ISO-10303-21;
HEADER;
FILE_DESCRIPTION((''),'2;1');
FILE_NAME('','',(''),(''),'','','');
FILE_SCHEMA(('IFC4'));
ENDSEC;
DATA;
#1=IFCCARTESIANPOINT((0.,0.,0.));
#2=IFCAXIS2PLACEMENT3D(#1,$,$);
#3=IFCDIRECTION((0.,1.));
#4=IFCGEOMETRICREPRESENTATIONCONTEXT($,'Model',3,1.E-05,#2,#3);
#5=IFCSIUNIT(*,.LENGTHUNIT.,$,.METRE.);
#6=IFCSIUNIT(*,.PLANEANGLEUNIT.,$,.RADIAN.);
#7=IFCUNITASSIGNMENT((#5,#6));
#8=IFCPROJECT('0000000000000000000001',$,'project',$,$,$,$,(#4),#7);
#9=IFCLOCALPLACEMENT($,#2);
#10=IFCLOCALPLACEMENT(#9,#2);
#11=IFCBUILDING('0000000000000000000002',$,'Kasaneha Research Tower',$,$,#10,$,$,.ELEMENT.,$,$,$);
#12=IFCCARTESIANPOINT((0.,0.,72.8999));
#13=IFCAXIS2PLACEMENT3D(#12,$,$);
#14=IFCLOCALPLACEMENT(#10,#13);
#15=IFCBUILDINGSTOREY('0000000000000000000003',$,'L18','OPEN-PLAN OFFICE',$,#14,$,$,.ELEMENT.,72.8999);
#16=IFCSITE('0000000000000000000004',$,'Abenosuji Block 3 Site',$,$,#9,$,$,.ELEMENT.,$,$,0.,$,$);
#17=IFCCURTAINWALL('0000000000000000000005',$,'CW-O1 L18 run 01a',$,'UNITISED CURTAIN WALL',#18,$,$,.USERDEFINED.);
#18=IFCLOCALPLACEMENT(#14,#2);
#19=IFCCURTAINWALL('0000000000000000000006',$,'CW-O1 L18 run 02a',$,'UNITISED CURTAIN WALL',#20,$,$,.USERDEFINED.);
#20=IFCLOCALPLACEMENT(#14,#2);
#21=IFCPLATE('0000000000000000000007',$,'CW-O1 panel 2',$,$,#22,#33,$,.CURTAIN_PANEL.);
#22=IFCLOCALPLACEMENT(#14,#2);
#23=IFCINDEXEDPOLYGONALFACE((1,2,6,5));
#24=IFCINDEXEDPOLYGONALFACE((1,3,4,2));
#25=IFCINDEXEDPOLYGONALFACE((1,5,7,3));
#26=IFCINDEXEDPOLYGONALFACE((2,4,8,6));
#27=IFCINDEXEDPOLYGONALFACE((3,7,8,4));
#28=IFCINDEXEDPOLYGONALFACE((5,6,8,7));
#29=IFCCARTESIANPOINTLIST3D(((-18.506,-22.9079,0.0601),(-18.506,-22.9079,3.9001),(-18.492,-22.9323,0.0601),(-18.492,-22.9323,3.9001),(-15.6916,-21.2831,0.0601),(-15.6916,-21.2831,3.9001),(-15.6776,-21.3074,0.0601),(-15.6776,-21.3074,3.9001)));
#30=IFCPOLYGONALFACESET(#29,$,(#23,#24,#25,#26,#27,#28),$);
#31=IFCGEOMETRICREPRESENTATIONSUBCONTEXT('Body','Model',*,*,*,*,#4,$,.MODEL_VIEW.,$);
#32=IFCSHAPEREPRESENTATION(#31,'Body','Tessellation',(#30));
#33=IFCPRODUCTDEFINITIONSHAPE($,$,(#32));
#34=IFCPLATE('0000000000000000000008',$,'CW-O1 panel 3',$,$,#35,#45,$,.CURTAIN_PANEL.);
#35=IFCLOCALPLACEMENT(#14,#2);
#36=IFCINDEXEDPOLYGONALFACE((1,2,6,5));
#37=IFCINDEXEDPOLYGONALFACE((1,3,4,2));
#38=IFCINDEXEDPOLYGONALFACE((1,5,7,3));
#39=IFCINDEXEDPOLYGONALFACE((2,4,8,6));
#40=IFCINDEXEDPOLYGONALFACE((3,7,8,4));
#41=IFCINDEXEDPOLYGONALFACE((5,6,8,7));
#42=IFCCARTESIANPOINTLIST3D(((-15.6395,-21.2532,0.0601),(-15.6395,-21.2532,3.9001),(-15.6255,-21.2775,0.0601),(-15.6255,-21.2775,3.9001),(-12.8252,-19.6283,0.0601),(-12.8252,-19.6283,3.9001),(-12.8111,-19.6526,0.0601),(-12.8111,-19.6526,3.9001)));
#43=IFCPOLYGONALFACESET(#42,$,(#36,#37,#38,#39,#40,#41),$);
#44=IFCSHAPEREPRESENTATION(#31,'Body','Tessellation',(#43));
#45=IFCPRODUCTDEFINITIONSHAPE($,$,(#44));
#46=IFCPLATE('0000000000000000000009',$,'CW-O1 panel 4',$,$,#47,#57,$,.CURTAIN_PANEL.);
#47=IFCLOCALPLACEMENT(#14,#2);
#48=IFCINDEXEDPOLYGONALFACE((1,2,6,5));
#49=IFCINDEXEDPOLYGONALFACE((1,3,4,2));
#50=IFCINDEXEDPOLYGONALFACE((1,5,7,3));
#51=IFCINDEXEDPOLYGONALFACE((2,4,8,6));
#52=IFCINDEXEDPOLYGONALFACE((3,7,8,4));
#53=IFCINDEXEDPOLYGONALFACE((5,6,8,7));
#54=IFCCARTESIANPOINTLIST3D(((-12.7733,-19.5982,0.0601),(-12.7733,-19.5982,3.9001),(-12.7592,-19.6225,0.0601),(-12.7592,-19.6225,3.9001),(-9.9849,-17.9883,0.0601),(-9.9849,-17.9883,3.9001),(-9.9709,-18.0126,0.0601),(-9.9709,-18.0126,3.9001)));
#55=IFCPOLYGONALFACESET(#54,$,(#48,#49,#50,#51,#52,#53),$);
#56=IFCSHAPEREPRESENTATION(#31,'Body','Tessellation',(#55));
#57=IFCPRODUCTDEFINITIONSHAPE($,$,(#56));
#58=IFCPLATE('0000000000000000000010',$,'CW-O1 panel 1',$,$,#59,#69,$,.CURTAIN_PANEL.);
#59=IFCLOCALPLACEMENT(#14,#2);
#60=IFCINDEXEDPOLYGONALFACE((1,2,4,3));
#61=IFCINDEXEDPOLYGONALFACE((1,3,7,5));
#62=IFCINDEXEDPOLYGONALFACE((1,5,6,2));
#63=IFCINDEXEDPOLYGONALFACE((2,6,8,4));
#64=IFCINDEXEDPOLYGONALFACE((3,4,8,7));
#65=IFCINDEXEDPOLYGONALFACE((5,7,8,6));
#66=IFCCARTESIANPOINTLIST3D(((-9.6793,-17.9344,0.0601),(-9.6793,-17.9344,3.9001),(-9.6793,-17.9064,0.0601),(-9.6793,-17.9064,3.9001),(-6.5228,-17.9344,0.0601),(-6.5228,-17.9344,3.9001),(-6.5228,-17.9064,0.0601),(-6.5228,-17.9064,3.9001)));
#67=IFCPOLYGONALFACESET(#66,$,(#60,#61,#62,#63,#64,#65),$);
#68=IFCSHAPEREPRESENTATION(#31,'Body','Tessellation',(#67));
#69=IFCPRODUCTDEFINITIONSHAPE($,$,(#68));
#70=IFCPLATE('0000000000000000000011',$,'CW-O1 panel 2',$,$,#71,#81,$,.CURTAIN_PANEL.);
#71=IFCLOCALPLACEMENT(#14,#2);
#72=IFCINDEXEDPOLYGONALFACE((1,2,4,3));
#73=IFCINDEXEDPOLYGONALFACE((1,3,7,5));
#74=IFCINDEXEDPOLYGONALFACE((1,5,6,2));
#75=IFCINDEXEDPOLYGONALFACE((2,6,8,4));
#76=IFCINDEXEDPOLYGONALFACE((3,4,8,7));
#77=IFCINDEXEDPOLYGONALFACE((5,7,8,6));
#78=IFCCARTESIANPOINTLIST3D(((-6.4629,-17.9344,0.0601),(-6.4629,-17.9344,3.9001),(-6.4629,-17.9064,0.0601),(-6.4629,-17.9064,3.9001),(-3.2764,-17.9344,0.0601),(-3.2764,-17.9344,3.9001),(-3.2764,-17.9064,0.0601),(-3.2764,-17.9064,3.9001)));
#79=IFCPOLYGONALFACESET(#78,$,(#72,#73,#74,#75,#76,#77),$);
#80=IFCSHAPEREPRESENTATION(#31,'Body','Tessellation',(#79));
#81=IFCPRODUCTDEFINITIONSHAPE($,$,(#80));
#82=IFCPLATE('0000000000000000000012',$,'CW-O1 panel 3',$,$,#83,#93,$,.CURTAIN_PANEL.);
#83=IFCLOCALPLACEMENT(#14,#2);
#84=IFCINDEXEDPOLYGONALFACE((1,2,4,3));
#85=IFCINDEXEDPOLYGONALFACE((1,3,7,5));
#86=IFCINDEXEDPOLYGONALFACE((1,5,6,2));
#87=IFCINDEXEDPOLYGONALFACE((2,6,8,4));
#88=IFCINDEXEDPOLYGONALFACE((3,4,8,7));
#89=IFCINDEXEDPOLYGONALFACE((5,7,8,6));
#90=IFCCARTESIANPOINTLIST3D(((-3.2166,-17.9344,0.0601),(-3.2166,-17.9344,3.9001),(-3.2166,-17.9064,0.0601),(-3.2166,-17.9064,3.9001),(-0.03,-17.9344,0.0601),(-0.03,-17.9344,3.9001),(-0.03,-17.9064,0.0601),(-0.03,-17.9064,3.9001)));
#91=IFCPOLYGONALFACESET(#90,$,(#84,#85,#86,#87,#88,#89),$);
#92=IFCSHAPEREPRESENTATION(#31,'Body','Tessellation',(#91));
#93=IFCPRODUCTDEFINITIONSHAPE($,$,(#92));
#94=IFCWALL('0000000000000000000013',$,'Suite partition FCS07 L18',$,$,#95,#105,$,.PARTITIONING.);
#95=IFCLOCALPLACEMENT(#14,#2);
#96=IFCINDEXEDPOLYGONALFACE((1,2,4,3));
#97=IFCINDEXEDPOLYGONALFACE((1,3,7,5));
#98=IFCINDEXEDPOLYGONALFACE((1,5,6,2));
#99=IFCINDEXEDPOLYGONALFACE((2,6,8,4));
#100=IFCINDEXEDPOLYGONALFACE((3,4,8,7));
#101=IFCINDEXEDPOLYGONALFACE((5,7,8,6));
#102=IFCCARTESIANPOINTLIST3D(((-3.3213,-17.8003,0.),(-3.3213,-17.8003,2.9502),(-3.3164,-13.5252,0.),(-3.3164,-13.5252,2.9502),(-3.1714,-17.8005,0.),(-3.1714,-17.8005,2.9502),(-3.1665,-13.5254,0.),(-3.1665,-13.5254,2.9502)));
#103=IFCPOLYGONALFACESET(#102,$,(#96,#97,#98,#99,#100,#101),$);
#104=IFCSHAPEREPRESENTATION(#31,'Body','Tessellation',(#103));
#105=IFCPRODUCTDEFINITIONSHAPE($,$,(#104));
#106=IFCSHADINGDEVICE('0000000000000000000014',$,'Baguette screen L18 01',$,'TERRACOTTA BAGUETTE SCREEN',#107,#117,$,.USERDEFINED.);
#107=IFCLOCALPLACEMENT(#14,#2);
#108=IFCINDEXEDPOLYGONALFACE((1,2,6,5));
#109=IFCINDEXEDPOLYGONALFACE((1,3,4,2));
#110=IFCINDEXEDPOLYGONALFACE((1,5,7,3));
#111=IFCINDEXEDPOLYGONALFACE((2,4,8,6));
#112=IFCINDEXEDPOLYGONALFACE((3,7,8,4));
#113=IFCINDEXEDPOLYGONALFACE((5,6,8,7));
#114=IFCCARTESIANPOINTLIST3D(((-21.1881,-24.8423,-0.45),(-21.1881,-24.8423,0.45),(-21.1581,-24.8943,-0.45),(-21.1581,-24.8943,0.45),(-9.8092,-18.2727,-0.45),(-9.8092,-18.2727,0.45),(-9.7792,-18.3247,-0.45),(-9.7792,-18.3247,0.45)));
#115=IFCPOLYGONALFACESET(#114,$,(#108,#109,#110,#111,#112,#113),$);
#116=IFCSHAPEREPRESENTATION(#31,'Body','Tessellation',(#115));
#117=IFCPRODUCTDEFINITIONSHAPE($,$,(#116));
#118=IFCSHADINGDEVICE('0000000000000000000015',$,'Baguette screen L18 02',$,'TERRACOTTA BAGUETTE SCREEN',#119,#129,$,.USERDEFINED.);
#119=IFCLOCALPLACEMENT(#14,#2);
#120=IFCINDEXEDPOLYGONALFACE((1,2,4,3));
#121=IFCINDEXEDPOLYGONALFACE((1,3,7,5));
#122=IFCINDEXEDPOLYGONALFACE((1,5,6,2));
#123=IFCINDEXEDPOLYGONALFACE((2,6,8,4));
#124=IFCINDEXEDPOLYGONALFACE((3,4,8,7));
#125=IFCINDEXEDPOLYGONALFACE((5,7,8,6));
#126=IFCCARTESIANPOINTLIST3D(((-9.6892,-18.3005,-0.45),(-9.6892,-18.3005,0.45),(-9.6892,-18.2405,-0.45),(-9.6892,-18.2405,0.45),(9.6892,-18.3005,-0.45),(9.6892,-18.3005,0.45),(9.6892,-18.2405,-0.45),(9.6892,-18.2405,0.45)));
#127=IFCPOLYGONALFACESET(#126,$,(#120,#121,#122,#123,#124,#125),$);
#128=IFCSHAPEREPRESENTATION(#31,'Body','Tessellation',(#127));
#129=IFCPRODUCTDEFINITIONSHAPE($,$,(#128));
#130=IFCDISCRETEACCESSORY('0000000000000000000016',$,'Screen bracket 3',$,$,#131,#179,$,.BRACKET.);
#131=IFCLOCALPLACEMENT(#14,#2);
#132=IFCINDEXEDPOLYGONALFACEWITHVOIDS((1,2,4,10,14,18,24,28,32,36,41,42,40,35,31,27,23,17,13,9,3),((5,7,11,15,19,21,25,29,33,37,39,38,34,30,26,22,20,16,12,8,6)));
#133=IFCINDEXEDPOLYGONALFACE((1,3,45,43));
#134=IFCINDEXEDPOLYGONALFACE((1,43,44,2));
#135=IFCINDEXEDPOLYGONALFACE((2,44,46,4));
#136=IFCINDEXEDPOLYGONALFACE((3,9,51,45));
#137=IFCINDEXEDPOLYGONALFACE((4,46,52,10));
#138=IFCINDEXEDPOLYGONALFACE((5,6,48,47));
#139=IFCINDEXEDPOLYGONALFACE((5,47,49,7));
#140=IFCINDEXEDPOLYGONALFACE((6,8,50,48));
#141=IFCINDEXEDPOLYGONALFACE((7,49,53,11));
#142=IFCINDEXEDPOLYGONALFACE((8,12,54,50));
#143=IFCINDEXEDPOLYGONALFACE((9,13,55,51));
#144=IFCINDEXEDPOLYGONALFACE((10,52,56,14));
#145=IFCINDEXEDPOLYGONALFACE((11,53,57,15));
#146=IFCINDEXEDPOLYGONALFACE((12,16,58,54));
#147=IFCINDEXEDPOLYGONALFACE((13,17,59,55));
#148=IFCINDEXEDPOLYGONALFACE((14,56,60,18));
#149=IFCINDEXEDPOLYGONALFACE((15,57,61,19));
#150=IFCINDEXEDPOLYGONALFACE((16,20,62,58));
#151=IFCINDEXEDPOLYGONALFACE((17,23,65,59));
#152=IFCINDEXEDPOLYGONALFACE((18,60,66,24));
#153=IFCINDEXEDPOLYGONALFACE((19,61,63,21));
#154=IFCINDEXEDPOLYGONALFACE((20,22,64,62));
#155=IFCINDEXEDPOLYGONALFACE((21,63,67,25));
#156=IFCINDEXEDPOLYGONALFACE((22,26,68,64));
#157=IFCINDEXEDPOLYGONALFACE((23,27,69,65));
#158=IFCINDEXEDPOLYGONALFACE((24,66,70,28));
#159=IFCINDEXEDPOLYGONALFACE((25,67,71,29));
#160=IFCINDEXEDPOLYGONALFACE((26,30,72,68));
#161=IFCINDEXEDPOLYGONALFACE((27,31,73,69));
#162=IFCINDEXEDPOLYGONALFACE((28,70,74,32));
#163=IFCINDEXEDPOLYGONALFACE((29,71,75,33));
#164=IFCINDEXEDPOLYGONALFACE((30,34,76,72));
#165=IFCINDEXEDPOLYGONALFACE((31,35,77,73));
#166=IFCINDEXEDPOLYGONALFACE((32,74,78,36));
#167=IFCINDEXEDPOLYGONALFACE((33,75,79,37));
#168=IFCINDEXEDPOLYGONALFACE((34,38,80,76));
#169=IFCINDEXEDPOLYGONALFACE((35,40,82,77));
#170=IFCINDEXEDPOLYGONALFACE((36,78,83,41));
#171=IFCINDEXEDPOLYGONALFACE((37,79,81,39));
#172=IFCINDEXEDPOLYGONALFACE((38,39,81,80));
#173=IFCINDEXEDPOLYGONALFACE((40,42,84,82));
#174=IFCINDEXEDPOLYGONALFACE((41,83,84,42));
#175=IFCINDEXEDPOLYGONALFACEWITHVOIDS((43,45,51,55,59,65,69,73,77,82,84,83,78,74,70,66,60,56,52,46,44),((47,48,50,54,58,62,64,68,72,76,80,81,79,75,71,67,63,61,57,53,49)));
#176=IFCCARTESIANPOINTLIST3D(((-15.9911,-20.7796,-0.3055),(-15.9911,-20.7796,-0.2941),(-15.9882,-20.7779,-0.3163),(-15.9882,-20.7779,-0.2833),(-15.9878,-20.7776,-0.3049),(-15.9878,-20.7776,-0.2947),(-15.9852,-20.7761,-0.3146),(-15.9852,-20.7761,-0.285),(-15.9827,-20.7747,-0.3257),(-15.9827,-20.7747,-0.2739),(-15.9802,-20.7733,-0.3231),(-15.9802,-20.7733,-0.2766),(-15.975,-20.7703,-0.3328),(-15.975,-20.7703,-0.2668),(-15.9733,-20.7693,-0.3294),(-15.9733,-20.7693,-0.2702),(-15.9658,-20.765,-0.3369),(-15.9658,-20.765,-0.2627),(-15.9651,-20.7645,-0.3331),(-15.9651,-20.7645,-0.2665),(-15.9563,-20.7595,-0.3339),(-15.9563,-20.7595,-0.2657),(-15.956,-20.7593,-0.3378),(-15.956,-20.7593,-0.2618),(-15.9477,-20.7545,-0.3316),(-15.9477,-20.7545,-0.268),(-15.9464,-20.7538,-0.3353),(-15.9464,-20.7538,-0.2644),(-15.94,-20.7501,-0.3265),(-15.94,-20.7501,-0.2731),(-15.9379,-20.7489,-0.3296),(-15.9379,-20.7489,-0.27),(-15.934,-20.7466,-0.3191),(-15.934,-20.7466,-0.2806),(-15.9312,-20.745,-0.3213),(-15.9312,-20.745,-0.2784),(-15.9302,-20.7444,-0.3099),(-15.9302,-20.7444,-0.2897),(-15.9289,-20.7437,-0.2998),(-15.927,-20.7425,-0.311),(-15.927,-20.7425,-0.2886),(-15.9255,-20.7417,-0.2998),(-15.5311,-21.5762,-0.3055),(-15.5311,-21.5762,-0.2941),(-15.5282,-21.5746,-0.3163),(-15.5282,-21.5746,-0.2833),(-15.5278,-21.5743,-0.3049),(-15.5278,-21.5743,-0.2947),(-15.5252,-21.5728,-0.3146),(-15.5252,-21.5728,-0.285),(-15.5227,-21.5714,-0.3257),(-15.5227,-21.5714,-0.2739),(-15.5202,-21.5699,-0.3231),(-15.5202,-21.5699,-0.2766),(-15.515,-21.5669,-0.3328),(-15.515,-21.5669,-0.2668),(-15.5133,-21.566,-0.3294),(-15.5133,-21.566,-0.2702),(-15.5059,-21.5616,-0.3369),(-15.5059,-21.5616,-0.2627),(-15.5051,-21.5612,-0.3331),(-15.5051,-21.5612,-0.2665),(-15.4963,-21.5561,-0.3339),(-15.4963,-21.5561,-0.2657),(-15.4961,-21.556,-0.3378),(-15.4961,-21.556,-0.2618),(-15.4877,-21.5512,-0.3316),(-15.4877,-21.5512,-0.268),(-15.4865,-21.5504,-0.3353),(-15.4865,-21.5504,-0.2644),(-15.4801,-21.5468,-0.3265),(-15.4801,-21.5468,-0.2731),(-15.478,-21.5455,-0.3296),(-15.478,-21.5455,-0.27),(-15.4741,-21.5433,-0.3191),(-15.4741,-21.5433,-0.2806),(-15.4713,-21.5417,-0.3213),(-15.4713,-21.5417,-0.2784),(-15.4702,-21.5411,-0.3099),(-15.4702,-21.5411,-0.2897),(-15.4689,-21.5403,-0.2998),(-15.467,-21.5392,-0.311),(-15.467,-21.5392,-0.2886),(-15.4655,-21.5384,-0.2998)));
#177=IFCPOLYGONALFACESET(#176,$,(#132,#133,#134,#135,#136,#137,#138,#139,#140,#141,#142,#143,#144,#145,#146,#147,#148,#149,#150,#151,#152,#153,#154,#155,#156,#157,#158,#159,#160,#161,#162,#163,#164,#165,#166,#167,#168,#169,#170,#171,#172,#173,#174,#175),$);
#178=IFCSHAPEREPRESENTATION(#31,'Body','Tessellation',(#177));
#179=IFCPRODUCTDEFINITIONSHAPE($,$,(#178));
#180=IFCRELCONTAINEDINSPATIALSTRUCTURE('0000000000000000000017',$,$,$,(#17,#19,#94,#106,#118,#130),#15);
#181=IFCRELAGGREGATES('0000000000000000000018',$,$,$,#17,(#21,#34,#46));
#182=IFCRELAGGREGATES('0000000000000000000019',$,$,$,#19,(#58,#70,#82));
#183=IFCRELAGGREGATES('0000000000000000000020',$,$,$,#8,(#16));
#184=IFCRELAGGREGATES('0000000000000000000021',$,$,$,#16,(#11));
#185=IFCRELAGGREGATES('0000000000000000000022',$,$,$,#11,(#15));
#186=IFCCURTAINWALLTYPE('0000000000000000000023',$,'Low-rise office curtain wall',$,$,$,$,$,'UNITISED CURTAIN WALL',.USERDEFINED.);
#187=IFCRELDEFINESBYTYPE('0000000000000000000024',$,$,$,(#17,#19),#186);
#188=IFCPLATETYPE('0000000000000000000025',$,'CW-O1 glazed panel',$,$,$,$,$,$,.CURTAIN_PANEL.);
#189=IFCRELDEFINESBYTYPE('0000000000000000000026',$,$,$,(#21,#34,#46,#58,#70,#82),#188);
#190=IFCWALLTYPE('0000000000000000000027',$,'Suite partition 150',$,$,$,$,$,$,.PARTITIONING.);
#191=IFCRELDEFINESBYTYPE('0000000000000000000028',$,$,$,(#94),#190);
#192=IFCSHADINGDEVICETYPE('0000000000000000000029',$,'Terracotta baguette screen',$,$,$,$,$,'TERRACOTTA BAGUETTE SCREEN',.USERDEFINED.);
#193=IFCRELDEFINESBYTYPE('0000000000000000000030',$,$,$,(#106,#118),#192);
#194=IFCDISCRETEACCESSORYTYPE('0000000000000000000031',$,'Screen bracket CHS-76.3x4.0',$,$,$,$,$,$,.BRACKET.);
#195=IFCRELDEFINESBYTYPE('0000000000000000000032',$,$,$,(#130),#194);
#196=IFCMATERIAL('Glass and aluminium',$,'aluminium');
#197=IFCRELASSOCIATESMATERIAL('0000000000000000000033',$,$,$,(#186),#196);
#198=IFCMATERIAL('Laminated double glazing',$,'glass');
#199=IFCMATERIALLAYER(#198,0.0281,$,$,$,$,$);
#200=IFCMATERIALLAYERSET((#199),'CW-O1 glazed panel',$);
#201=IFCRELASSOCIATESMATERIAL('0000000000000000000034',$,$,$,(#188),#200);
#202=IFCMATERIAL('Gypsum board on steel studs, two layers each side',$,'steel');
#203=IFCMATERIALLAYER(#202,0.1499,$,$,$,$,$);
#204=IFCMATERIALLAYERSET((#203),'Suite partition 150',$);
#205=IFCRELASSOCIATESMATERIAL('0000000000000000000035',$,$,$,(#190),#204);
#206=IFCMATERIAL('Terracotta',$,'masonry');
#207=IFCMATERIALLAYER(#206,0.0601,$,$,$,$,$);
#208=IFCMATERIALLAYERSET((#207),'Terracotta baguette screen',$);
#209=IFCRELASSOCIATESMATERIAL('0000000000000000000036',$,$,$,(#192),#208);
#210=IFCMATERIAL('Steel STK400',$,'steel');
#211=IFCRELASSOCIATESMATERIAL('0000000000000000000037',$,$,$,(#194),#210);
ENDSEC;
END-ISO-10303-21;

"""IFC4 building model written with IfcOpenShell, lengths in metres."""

from ifc_helpers import new_model, si_unit, direction, frame, frame_2d, origin, origin_2d, place, context, subcontext, project, spatial, rectangle, hollow_circle, extrude, material, layer, layer_set, material_profile, profile_set, type_object, element, aggregate, save


model = new_model("IFC4")

# Units and contexts
model_context = context("Model", 3, precision=1e-05, world=origin(), true_north=direction((0.0, 1.0)))
body_context = subcontext(model_context, "Body", "Model", "MODEL_VIEW")
ifc_project = project(units=[si_unit("LENGTHUNIT", "METRE"), si_unit("PLANEANGLEUNIT", "RADIAN")], contexts=[model_context])

# Site, building, storey
site_placement = place(None, origin())
site = spatial("IfcSite", under=ifc_project, at=site_placement, Name="Abenosuji Block 3 Site", CompositionType="ELEMENT", RefElevation=0.0)
building_placement = place(site_placement, origin())
building = spatial("IfcBuilding", under=site, at=building_placement, Name="Kasaneha Research Tower", CompositionType="ELEMENT")
storey_placement = place(building_placement, frame((0.0, 0.0, 72.8999)))
storey = spatial("IfcBuildingStorey", under=building, at=storey_placement, Name="L18", Description="OPEN-PLAN OFFICE", CompositionType="ELEMENT", Elevation=72.8999)

# Curtain walls
ifc_material_1 = material(Name="Glass and aluminium", Category="aluminium")
curtain_wall_type = type_object("IfcCurtainWallType", Name="Low-rise office curtain wall", ElementType="UNITISED CURTAIN WALL", PredefinedType="USERDEFINED", material=ifc_material_1)
curtain_wall_1_placement = place(storey_placement, origin())
curtain_wall_1 = element("IfcCurtainWall", 1, at=curtain_wall_1_placement, inside=storey, type_object=curtain_wall_type, Name="CW-O1 L18 run 01a", ObjectType="UNITISED CURTAIN WALL", PredefinedType="USERDEFINED")
curtain_wall_2_placement = place(storey_placement, origin())
curtain_wall_2 = element("IfcCurtainWall", 2, at=curtain_wall_2_placement, inside=storey, type_object=curtain_wall_type, Name="CW-O1 L18 run 02a", ObjectType="UNITISED CURTAIN WALL", PredefinedType="USERDEFINED")

# Plates
ifc_material_2 = material(Name="Laminated double glazing", Category="glass")
ifc_layer_1 = layer(ifc_material_2, 0.0281)
ifc_layer_set_1 = layer_set([ifc_layer_1], Name="CW-O1 glazed panel")
plate_type = type_object("IfcPlateType", Name="CW-O1 glazed panel", PredefinedType="CURTAIN_PANEL", material=ifc_layer_set_1)
plate_1_placement = place(storey_placement, frame((-17.0918, -22.1077, 0.0601), z_axis=(0.0, 0.0, 1.0), x_axis=(0.866025, 0.5, 0.0)))
plate_1 = element("IfcPlate", 3, at=plate_1_placement, type_object=plate_type, Name="CW-O1 panel 2", PredefinedType="CURTAIN_PANEL", context=body_context, shape_type="SweptSolid", body=[
    extrude(rectangle(XDim=3.2498, YDim=0.0281, at=origin_2d()), origin(), (0.0, 0.0, 1.0), 3.8401),
])
plate_2_placement = place(storey_placement, frame((-14.2253, -20.4529, 0.0601), z_axis=(0.0, 0.0, 1.0), x_axis=(0.866025, 0.5, 0.0)))
plate_2 = element("IfcPlate", 4, at=plate_2_placement, type_object=plate_type, Name="CW-O1 panel 3", PredefinedType="CURTAIN_PANEL", context=body_context, shape_type="SweptSolid", body=[
    extrude(rectangle(XDim=3.2498, YDim=0.0281, at=origin_2d()), origin(), (0.0, 0.0, 1.0), 3.8401),
])
plate_3_placement = place(storey_placement, frame((-11.3721, -18.8054, 0.0601), z_axis=(0.0, 0.0, 1.0), x_axis=(0.866025, 0.5, 0.0)))
plate_3 = element("IfcPlate", 5, at=plate_3_placement, type_object=plate_type, Name="CW-O1 panel 4", PredefinedType="CURTAIN_PANEL", context=body_context, shape_type="SweptSolid", body=[
    extrude(rectangle(XDim=3.2197, YDim=0.0281, at=origin_2d()), origin(), (0.0, 0.0, 1.0), 3.8401),
])
aggregate(curtain_wall_1, [plate_1, plate_2, plate_3])
plate_4_placement = place(storey_placement, frame((-8.1011, -17.9204, 0.0601), z_axis=(0.0, 0.0, 1.0), x_axis=(1.0, 0.0, 0.0)))
plate_4 = element("IfcPlate", 6, at=plate_4_placement, type_object=plate_type, Name="CW-O1 panel 1", PredefinedType="CURTAIN_PANEL", context=body_context, shape_type="SweptSolid", body=[
    extrude(rectangle(XDim=3.1565, YDim=0.0281, at=origin_2d()), origin(), (0.0, 0.0, 1.0), 3.8401),
])
plate_5_placement = place(storey_placement, frame((-4.8696, -17.9204, 0.0601), z_axis=(0.0, 0.0, 1.0), x_axis=(1.0, 0.0, 0.0)))
plate_5 = element("IfcPlate", 7, at=plate_5_placement, type_object=plate_type, Name="CW-O1 panel 2", PredefinedType="CURTAIN_PANEL", context=body_context, shape_type="SweptSolid", body=[
    extrude(rectangle(XDim=3.1865, YDim=0.0281, at=origin_2d()), origin(), (0.0, 0.0, 1.0), 3.8401),
])
plate_6_placement = place(storey_placement, frame((-1.6233, -17.9204, 0.0601), z_axis=(0.0, 0.0, 1.0), x_axis=(1.0, 0.0, 0.0)))
plate_6 = element("IfcPlate", 8, at=plate_6_placement, type_object=plate_type, Name="CW-O1 panel 3", PredefinedType="CURTAIN_PANEL", context=body_context, shape_type="SweptSolid", body=[
    extrude(rectangle(XDim=3.1865, YDim=0.0281, at=origin_2d()), origin(), (0.0, 0.0, 1.0), 3.8401),
])
aggregate(curtain_wall_2, [plate_4, plate_5, plate_6])

# Wall
ifc_material_3 = material(Name="Gypsum board on steel studs, two layers each side", Category="steel")
ifc_layer_2 = layer(ifc_material_3, 0.1499)
ifc_layer_set_2 = layer_set([ifc_layer_2], Name="Suite partition 150")
wall_type = type_object("IfcWallType", Name="Suite partition 150", PredefinedType="PARTITIONING", material=ifc_layer_set_2)
wall_placement = place(storey_placement, frame((-3.2463, -17.8005, 0.0), z_axis=(0.0, 0.0, 1.0), x_axis=(0.001142, 0.999999, 0.0)))
element("IfcWall", 9, at=wall_placement, inside=storey, type_object=wall_type, Name="Suite partition FCS07 L18", PredefinedType="PARTITIONING", context=body_context, shape_type="SweptSolid", body=[
    extrude(rectangle(XDim=4.2751, YDim=0.1499, at=frame_2d((2.1377, 0.0))), origin(), (0.0, 0.0, 1.0), 2.9502),
])

# Shading devices
ifc_material_4 = material(Name="Terracotta", Category="masonry")
ifc_layer_3 = layer(ifc_material_4, 0.0601)
ifc_layer_set_3 = layer_set([ifc_layer_3], Name="Terracotta baguette screen")
shading_device_type = type_object("IfcShadingDeviceType", Name="Terracotta baguette screen", ElementType="TERRACOTTA BAGUETTE SCREEN", PredefinedType="USERDEFINED", material=ifc_layer_set_3)
shading_device_1_placement = place(storey_placement, frame((-15.4836, -21.5835, -0.45), z_axis=(0.0, 0.0, 1.0), x_axis=(0.866025, 0.5, 0.0)))
element("IfcShadingDevice", 10, at=shading_device_1_placement, inside=storey, type_object=shading_device_type, Name="Baguette screen L18 01", ObjectType="TERRACOTTA BAGUETTE SCREEN", PredefinedType="USERDEFINED", context=body_context, shape_type="SweptSolid", body=[
    extrude(rectangle(XDim=13.1392, YDim=0.0601, at=origin_2d()), origin(), (0.0, 0.0, 1.0), 0.8999),
])
shading_device_2_placement = place(storey_placement, frame((0.0, -18.2705, -0.45), z_axis=(0.0, 0.0, 1.0), x_axis=(1.0, 0.0, 0.0)))
element("IfcShadingDevice", 11, at=shading_device_2_placement, inside=storey, type_object=shading_device_type, Name="Baguette screen L18 02", ObjectType="TERRACOTTA BAGUETTE SCREEN", PredefinedType="USERDEFINED", context=body_context, shape_type="SweptSolid", body=[
    extrude(rectangle(XDim=19.3784, YDim=0.0601, at=origin_2d()), origin(), (0.0, 0.0, 1.0), 0.8999),
])

# Discrete accessory
ifc_material_5 = material(Name="Steel STK400", Category="steel")
ifc_material_profile_1 = material_profile(ifc_material_5, hollow_circle(Radius=0.0381, WallThickness=0.0039, at=origin_2d()), Name="CHS-76.3x4.0")
ifc_profile_set_1 = profile_set([ifc_material_profile_1], Name="Steel STK400")
discrete_accessory_type = type_object("IfcDiscreteAccessoryType", Name="Screen bracket CHS-76.3x4.0", PredefinedType="BRACKET", material=ifc_profile_set_1)
discrete_accessory_1_placement = place(storey_placement, frame((-15.9585, -20.7607, -0.2998), z_axis=(0.500021, -0.866013, 0.0), x_axis=(0.866013, 0.500021, 0.0)))
element("IfcDiscreteAccessory", 12, at=discrete_accessory_1_placement, inside=storey, type_object=discrete_accessory_type, Name="Screen bracket 3", PredefinedType="BRACKET", context=body_context, shape_type="SweptSolid", body=[
    extrude(hollow_circle(Radius=0.0381, WallThickness=0.0039, at=origin_2d()), origin(), (0.0, 0.0, 1.0), 0.9199),
])

save(model, "model.ifc")
